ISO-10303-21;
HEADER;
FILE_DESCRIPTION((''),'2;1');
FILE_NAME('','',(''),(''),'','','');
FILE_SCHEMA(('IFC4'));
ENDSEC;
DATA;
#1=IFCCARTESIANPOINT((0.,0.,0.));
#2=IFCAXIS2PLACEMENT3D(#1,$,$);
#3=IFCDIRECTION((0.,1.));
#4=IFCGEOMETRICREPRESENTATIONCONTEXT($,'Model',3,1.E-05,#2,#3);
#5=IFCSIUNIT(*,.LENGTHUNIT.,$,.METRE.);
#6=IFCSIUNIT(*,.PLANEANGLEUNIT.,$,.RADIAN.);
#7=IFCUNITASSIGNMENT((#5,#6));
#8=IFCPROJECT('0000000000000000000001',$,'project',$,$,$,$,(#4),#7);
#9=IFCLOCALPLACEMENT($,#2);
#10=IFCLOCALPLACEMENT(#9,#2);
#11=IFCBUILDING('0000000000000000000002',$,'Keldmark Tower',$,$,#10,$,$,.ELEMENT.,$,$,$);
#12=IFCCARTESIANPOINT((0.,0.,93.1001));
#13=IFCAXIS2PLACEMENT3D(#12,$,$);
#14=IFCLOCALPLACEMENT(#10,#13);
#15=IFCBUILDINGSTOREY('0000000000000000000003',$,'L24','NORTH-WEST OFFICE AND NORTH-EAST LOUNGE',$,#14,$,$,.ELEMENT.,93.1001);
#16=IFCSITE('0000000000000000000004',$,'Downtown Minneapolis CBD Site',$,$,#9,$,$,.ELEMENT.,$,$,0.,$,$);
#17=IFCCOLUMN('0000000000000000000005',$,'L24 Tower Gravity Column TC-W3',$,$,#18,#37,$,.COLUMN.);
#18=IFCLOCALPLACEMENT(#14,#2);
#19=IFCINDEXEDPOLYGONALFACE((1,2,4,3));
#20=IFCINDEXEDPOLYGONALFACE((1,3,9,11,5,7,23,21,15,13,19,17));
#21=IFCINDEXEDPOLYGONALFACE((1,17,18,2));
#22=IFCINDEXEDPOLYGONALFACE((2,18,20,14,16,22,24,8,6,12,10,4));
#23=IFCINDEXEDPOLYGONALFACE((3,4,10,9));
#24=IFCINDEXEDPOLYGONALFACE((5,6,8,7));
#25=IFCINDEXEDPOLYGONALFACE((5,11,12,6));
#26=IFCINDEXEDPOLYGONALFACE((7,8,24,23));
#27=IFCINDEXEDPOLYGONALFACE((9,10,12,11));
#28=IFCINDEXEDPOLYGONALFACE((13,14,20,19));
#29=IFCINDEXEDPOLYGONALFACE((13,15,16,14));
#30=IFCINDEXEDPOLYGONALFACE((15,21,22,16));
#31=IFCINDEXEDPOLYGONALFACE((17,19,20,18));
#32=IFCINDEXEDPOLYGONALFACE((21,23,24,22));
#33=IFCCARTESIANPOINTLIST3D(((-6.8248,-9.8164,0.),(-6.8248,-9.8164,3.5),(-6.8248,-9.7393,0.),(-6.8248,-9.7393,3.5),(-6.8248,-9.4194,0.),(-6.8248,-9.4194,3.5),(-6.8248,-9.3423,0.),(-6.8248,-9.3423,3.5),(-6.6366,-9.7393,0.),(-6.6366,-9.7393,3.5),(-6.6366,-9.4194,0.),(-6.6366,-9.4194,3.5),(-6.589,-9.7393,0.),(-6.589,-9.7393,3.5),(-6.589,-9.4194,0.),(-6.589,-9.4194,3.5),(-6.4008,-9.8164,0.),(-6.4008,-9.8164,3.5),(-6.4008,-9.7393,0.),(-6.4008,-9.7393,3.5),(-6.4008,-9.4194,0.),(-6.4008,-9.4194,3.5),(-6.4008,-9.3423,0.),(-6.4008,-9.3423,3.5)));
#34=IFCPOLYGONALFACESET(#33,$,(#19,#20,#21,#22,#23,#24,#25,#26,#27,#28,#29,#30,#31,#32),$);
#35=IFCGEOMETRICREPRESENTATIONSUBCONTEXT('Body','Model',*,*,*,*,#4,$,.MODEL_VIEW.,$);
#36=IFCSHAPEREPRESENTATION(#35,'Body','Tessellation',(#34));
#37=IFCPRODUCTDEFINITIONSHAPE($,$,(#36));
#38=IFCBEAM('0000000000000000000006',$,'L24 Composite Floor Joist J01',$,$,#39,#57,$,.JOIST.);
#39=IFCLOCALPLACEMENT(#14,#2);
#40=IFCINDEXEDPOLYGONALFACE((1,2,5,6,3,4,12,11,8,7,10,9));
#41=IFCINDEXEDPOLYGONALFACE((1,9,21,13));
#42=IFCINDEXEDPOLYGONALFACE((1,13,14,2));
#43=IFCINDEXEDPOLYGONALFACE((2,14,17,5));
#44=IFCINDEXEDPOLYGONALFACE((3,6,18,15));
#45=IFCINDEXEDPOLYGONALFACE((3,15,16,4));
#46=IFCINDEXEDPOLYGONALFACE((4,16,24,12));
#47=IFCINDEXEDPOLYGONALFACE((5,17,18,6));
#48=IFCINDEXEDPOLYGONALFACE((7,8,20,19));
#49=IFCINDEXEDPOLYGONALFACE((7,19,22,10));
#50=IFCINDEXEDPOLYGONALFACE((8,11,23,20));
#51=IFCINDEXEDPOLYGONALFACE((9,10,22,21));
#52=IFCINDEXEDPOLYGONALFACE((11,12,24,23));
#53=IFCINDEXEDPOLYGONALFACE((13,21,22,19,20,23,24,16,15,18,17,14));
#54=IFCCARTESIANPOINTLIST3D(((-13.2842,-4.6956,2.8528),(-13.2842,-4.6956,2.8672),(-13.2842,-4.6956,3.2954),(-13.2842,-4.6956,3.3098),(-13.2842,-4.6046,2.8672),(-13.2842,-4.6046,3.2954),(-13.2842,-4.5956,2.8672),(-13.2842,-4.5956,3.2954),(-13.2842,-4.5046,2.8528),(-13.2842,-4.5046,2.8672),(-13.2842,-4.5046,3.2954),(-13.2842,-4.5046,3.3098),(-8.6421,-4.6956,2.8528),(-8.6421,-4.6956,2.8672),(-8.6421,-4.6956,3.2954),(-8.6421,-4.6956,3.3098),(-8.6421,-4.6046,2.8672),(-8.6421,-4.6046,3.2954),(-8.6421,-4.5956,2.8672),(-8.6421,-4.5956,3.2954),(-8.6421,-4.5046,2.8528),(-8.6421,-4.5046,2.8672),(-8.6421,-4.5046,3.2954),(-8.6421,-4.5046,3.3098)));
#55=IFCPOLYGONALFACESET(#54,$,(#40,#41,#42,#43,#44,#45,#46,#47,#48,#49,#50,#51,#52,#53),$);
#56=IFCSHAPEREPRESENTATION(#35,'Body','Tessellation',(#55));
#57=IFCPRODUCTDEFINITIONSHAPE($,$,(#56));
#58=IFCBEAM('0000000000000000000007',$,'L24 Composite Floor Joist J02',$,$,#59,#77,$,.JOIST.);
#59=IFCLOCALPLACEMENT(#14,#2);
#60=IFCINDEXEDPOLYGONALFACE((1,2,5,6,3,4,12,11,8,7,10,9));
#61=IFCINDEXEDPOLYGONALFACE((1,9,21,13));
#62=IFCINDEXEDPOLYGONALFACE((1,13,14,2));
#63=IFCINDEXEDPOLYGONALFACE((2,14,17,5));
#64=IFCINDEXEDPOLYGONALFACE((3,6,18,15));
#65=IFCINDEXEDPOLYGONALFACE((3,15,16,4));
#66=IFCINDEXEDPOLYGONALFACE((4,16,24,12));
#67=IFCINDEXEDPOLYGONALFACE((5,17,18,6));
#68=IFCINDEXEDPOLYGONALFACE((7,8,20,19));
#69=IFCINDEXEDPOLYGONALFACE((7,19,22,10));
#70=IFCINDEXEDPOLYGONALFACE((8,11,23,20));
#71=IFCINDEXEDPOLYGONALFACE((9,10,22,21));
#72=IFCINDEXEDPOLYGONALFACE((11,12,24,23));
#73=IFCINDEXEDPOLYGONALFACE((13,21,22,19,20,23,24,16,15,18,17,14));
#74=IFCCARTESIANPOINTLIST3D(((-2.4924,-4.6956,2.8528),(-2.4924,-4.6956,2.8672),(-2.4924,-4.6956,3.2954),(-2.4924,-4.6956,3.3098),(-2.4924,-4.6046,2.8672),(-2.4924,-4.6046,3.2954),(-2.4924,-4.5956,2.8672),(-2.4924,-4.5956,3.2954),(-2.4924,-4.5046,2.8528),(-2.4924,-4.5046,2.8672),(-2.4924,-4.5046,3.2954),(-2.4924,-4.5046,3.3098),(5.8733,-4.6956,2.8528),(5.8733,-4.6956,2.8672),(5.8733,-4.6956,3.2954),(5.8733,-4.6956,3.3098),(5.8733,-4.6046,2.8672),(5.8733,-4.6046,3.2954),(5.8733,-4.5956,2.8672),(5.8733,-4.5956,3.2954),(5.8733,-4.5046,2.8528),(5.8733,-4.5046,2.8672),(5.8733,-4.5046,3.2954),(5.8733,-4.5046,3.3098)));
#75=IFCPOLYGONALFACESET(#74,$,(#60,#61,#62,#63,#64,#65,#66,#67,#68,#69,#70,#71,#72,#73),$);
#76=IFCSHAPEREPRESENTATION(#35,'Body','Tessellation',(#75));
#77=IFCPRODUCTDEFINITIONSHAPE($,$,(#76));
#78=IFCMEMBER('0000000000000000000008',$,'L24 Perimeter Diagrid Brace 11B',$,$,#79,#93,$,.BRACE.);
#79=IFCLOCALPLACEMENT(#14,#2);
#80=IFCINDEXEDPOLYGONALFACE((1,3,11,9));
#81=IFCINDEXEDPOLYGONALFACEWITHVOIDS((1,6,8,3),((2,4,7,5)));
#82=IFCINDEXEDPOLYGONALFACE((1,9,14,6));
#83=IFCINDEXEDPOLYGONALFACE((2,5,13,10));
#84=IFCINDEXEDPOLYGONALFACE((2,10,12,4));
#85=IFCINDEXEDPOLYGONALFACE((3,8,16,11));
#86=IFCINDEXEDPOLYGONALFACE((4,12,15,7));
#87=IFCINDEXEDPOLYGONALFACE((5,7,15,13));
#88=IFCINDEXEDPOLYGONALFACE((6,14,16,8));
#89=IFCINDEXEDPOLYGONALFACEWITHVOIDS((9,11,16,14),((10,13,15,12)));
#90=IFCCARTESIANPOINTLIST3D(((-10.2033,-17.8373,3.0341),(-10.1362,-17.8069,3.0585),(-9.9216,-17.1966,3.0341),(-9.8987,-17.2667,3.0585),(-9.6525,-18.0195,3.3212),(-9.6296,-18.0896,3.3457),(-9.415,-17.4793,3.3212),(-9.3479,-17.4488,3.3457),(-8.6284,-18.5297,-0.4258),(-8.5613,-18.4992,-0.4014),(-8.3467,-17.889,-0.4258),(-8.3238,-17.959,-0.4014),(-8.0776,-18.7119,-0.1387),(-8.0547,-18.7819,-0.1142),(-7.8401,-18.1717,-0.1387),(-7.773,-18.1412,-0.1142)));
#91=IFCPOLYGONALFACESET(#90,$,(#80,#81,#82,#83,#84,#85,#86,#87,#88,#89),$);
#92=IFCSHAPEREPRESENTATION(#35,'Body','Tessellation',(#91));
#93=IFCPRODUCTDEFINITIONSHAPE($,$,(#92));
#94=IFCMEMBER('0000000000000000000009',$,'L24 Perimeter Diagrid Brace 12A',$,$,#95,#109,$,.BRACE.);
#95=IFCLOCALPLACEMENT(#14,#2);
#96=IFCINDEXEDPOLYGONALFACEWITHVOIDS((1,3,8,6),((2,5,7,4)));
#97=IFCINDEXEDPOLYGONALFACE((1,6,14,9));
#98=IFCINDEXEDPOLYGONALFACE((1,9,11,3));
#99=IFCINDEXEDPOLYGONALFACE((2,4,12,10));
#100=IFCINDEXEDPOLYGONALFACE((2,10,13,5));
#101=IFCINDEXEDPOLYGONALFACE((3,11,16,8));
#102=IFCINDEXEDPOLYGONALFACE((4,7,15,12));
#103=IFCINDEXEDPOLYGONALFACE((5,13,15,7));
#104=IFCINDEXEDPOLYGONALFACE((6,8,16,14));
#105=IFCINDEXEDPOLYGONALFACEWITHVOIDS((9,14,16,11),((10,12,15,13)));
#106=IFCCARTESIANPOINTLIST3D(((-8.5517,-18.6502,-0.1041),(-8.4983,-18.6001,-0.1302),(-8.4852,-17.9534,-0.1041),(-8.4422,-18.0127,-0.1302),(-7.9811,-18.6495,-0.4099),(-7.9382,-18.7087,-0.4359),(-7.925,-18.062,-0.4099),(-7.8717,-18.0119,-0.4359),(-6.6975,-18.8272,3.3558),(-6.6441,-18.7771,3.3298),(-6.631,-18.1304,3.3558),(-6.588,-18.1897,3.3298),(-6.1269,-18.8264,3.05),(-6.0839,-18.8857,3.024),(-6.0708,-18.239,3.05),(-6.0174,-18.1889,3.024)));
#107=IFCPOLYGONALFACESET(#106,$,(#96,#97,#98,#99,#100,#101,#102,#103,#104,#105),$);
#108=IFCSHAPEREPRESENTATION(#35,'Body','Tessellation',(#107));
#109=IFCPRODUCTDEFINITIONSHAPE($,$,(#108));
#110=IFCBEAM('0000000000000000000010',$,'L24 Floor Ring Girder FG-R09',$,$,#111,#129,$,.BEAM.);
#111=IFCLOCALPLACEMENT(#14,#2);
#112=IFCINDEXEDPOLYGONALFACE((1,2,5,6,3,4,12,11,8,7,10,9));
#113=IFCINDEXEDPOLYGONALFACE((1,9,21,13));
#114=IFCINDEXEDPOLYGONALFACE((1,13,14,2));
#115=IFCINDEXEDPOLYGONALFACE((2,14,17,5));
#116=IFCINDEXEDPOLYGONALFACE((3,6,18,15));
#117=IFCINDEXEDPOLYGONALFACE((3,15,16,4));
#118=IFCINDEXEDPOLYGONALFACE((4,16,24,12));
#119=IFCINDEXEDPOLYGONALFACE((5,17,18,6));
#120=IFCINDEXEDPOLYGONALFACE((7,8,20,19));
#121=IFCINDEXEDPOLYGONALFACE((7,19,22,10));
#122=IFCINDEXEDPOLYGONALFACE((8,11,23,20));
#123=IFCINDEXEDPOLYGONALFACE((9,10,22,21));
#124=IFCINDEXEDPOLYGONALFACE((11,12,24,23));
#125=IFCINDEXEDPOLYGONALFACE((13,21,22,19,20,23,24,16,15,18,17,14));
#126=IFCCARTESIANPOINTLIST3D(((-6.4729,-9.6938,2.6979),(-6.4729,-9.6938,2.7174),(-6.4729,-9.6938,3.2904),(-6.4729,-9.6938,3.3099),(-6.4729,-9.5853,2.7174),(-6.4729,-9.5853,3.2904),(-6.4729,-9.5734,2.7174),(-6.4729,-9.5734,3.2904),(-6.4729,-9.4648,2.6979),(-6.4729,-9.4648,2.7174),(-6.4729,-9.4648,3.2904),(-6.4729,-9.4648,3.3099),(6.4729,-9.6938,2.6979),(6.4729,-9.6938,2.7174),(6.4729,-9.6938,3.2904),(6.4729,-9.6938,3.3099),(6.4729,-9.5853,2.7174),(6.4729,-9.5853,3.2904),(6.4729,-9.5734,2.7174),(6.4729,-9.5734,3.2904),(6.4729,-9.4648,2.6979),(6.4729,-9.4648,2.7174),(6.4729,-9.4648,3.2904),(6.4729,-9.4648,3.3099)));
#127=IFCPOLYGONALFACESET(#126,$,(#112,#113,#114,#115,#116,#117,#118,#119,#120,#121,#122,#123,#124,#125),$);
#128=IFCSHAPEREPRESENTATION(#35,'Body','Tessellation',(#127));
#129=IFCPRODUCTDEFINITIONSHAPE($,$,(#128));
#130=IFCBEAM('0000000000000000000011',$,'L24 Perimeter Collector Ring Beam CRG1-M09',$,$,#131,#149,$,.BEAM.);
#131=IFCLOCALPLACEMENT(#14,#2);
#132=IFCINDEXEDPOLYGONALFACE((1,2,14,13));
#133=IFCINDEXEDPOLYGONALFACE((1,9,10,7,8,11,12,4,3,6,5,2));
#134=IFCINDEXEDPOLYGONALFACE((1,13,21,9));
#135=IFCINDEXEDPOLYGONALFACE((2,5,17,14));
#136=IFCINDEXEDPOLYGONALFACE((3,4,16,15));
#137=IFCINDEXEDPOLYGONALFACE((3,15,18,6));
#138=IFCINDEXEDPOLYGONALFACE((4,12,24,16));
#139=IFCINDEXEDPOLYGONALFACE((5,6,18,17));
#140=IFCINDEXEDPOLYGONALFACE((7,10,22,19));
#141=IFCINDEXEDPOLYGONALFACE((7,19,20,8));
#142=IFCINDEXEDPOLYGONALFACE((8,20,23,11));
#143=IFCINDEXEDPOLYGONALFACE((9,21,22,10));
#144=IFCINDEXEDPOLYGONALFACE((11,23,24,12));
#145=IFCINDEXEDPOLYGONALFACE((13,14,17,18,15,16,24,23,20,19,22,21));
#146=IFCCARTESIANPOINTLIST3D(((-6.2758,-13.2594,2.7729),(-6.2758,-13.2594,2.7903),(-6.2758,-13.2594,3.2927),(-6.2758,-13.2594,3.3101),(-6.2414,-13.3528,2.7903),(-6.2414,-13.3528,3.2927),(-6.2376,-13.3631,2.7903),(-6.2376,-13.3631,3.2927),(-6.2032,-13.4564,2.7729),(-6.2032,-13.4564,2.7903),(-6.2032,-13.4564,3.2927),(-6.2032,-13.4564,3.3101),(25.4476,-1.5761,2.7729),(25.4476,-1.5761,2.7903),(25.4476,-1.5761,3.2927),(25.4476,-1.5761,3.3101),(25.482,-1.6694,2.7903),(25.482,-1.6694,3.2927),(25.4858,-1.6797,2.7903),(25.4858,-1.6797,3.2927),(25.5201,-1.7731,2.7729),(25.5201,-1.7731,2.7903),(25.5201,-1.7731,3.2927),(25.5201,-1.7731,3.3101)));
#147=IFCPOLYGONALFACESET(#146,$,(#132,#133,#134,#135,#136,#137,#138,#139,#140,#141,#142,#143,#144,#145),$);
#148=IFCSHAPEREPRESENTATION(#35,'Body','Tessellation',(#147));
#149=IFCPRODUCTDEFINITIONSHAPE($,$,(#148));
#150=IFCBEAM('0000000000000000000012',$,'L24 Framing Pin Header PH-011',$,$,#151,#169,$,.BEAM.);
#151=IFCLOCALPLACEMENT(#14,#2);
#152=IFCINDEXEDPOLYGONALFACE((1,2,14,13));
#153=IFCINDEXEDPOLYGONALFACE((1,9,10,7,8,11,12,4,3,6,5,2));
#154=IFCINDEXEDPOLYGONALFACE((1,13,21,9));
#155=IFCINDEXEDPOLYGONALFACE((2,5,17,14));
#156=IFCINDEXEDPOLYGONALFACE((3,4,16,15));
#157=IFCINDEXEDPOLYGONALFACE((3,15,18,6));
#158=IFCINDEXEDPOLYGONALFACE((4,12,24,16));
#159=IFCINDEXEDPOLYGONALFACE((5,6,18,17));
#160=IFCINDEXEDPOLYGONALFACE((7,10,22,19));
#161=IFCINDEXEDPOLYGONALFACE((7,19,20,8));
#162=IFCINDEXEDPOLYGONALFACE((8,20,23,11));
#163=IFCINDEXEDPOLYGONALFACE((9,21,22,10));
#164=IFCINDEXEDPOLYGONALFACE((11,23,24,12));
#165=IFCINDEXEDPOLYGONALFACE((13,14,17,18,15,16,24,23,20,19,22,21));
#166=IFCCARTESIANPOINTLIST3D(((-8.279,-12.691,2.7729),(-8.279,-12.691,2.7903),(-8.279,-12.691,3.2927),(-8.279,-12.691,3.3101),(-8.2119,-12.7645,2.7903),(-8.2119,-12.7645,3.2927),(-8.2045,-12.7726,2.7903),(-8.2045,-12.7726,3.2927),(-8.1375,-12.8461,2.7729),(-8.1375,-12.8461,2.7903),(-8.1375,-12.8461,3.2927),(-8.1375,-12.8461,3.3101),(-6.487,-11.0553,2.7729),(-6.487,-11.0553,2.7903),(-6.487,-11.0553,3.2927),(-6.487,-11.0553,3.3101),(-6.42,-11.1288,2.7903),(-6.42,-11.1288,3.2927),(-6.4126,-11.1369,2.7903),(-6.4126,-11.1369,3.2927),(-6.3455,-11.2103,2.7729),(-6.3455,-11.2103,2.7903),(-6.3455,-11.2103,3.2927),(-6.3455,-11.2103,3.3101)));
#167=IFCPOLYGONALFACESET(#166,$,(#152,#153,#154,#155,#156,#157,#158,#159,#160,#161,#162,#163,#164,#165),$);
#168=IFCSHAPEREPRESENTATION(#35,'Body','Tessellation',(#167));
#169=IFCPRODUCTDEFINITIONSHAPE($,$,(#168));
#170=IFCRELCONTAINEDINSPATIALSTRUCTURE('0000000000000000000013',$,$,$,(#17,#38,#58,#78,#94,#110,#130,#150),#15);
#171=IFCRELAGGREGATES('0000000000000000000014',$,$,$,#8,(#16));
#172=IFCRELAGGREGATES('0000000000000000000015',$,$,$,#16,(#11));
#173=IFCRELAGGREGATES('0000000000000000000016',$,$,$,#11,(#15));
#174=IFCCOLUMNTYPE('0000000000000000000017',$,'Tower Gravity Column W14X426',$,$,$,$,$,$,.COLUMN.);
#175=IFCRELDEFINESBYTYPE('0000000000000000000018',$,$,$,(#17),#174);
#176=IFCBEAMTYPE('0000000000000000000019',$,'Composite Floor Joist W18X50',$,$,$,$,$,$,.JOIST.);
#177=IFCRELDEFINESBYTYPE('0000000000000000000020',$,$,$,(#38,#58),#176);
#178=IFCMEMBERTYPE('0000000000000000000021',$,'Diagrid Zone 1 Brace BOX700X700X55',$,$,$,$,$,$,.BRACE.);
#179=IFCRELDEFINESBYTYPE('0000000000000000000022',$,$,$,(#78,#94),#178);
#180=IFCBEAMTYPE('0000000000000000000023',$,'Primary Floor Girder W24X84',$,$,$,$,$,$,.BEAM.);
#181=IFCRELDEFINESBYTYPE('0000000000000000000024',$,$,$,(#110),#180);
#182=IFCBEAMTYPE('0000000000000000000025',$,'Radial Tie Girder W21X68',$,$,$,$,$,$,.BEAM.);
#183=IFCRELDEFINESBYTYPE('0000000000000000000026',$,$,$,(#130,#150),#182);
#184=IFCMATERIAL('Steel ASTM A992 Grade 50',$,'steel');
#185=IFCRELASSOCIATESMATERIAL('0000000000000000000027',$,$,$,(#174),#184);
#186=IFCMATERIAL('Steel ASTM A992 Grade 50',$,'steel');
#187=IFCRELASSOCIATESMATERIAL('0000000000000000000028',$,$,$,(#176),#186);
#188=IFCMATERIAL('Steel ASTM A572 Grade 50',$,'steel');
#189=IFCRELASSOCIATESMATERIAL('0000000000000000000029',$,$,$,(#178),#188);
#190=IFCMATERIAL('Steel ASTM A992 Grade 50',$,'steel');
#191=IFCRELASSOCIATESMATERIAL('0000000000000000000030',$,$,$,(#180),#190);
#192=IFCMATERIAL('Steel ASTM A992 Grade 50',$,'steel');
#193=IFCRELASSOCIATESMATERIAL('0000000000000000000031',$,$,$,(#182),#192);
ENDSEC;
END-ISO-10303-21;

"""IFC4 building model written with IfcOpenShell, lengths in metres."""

from ifc_helpers import new_model, si_unit, direction, frame, origin, origin_2d, place, context, subcontext, project, spatial, hollow_rectangle, i_section, extrude, material, material_profile, profile_set, type_object, element, save


model = new_model("IFC4")

# Units and contexts
model_context = context("Model", 3, precision=1e-05, world=origin(), true_north=direction((0.0, 1.0)))
body_context = subcontext(model_context, "Body", "Model", "MODEL_VIEW")
ifc_project = project(units=[si_unit("LENGTHUNIT", "METRE"), si_unit("PLANEANGLEUNIT", "RADIAN")], contexts=[model_context])

# Site, building, storey
site_placement = place(None, origin())
site = spatial("IfcSite", under=ifc_project, at=site_placement, Name="Downtown Minneapolis CBD Site", CompositionType="ELEMENT", RefElevation=0.0)
building_placement = place(site_placement, origin())
building = spatial("IfcBuilding", under=site, at=building_placement, Name="Keldmark Tower", CompositionType="ELEMENT")
storey_placement = place(building_placement, frame((0.0, 0.0, 93.1001)))
storey = spatial("IfcBuildingStorey", under=building, at=storey_placement, Name="L24", Description="NORTH-WEST OFFICE AND NORTH-EAST LOUNGE", CompositionType="ELEMENT", Elevation=93.1001)

# Column
ifc_material_1 = material(Name="Steel ASTM A992 Grade 50", Category="steel")
ifc_material_profile_1 = material_profile(ifc_material_1, i_section(OverallWidth=0.4241, OverallDepth=0.4741, WebThickness=0.0476, FlangeThickness=0.0771, at=origin_2d()), Name="W14X426")
ifc_profile_set_1 = profile_set([ifc_material_profile_1], Name="Steel ASTM A992 Grade 50")
column_type = type_object("IfcColumnType", Name="Tower Gravity Column W14X426", PredefinedType="COLUMN", material=ifc_profile_set_1)
column_placement = place(storey_placement, frame((-6.6128, -9.5793, 0.0), z_axis=(0.0, 0.0, 1.0), x_axis=(1.0, 0.0, 0.0)))
element("IfcColumn", 1, at=column_placement, inside=storey, type_object=column_type, Name="L24 Tower Gravity Column TC-W3", PredefinedType="COLUMN", context=body_context, shape_type="SweptSolid", body=[
    extrude(i_section(OverallWidth=0.4241, OverallDepth=0.4741, WebThickness=0.0476, FlangeThickness=0.0771, at=origin_2d()), origin(), (0.0, 0.0, 1.0), 3.5),
])

# Beams
ifc_material_2 = material(Name="Steel ASTM A992 Grade 50", Category="steel")
ifc_material_profile_2 = material_profile(ifc_material_2, i_section(OverallWidth=0.1909, OverallDepth=0.457, WebThickness=0.009, FlangeThickness=0.0144, at=origin_2d()), Name="W18X50")
ifc_profile_set_2 = profile_set([ifc_material_profile_2], Name="Steel ASTM A992 Grade 50")
beam_type_1 = type_object("IfcBeamType", Name="Composite Floor Joist W18X50", PredefinedType="JOIST", material=ifc_profile_set_2)
beam_1_placement = place(storey_placement, frame((-13.2842, -4.6001, 3.0813), z_axis=(1.0, 0.0, 0.0), x_axis=(0.0, 1.0, 0.0)))
element("IfcBeam", 2, at=beam_1_placement, inside=storey, type_object=beam_type_1, Name="L24 Composite Floor Joist J01", PredefinedType="JOIST", context=body_context, shape_type="SweptSolid", body=[
    extrude(i_section(OverallWidth=0.1909, OverallDepth=0.457, WebThickness=0.009, FlangeThickness=0.0144, at=origin_2d()), origin(), (0.0, 0.0, 1.0), 4.6421),
])
beam_2_placement = place(storey_placement, frame((-2.4924, -4.6001, 3.0813), z_axis=(1.0, 0.0, 0.0), x_axis=(0.0, 1.0, 0.0)))
element("IfcBeam", 3, at=beam_2_placement, inside=storey, type_object=beam_type_1, Name="L24 Composite Floor Joist J02", PredefinedType="JOIST", context=body_context, shape_type="SweptSolid", body=[
    extrude(i_section(OverallWidth=0.1909, OverallDepth=0.457, WebThickness=0.009, FlangeThickness=0.0144, at=origin_2d()), origin(), (0.0, 0.0, 1.0), 8.3657),
])

# Members
ifc_material_3 = material(Name="Steel ASTM A572 Grade 50", Category="steel")
ifc_material_profile_3 = material_profile(ifc_material_3, hollow_rectangle(XDim=0.7, YDim=0.7, WallThickness=0.0549, at=origin_2d()), Name="BOX700X700X55")
ifc_profile_set_3 = profile_set([ifc_material_profile_3], Name="Steel ASTM A572 Grade 50")
member_type = type_object("IfcMemberType", Name="Diagrid Zone 1 Brace BOX700X700X55", PredefinedType="BRACE", material=ifc_profile_set_3)
member_1_placement = place(storey_placement, frame((-8.2007, -18.3354, -0.27), z_axis=(-0.407587, 0.179184, 0.895414), x_axis=(-0.402449, -0.915443, 0.0)))
element("IfcMember", 4, at=member_1_placement, inside=storey, type_object=member_type, Name="L24 Perimeter Diagrid Brace 11B", PredefinedType="BRACE", context=body_context, shape_type="SweptSolid", body=[
    extrude(hollow_rectangle(XDim=0.7, YDim=0.7, WallThickness=0.0549, at=origin_2d()), origin(), (0.0, 0.0, 1.0), 3.864),
])
member_2_placement = place(storey_placement, frame((-8.2117, -18.3311, -0.27), z_axis=(0.47188, -0.045045, 0.880511), x_axis=(0.095026, 0.995475, 0.0)))
element("IfcMember", 5, at=member_2_placement, inside=storey, type_object=member_type, Name="L24 Perimeter Diagrid Brace 12A", PredefinedType="BRACE", context=body_context, shape_type="SweptSolid", body=[
    extrude(hollow_rectangle(XDim=0.7, YDim=0.7, WallThickness=0.0549, at=origin_2d()), origin(), (0.0, 0.0, 1.0), 3.9294),
])

# Beams
ifc_material_4 = material(Name="Steel ASTM A992 Grade 50", Category="steel")
ifc_material_profile_4 = material_profile(ifc_material_4, i_section(OverallWidth=0.229, OverallDepth=0.6121, WebThickness=0.012, FlangeThickness=0.0195, at=origin_2d()), Name="W24X84")
ifc_profile_set_4 = profile_set([ifc_material_profile_4], Name="Steel ASTM A992 Grade 50")
beam_type_2 = type_object("IfcBeamType", Name="Primary Floor Girder W24X84", PredefinedType="BEAM", material=ifc_profile_set_4)
beam_3_placement = place(storey_placement, frame((-6.4729, -9.5793, 3.0039), z_axis=(1.0, 0.0, 0.0), x_axis=(0.0, 1.0, 0.0)))
element("IfcBeam", 6, at=beam_3_placement, inside=storey, type_object=beam_type_2, Name="L24 Floor Ring Girder FG-R09", PredefinedType="BEAM", context=body_context, shape_type="SweptSolid", body=[
    extrude(i_section(OverallWidth=0.229, OverallDepth=0.6121, WebThickness=0.012, FlangeThickness=0.0195, at=origin_2d()), origin(), (0.0, 0.0, 1.0), 12.9458),
])
ifc_material_5 = material(Name="Steel ASTM A992 Grade 50", Category="steel")
ifc_material_profile_5 = material_profile(ifc_material_5, i_section(OverallWidth=0.21, OverallDepth=0.5371, WebThickness=0.011, FlangeThickness=0.0173, at=origin_2d()), Name="W21X68")
ifc_profile_set_5 = profile_set([ifc_material_profile_5], Name="Steel ASTM A992 Grade 50")
beam_type_3 = type_object("IfcBeamType", Name="Radial Tie Girder W21X68", PredefinedType="BEAM", material=ifc_profile_set_5)
beam_4_placement = place(storey_placement, frame((-6.2395, -13.3579, 3.0415), z_axis=(0.938384, 0.345596, 0.0), x_axis=(-0.345596, 0.938384, 0.0)))
element("IfcBeam", 7, at=beam_4_placement, inside=storey, type_object=beam_type_3, Name="L24 Perimeter Collector Ring Beam CRG1-M09", PredefinedType="BEAM", context=body_context, shape_type="SweptSolid", body=[
    extrude(i_section(OverallWidth=0.21, OverallDepth=0.5371, WebThickness=0.011, FlangeThickness=0.0173, at=origin_2d()), origin(), (0.0, 0.0, 1.0), 33.8064),
])
beam_5_placement = place(storey_placement, frame((-6.4163, -11.1328, 3.0415), z_axis=(-0.738573, -0.674174, 0.0), x_axis=(0.674174, -0.738573, 0.0)))
element("IfcBeam", 8, at=beam_5_placement, inside=storey, type_object=beam_type_3, Name="L24 Framing Pin Header PH-011", PredefinedType="BEAM", context=body_context, shape_type="SweptSolid", body=[
    extrude(i_section(OverallWidth=0.21, OverallDepth=0.5371, WebThickness=0.011, FlangeThickness=0.0173, at=origin_2d()), origin(), (0.0, 0.0, 1.0), 2.4263),
])

save(model, "model.ifc")
